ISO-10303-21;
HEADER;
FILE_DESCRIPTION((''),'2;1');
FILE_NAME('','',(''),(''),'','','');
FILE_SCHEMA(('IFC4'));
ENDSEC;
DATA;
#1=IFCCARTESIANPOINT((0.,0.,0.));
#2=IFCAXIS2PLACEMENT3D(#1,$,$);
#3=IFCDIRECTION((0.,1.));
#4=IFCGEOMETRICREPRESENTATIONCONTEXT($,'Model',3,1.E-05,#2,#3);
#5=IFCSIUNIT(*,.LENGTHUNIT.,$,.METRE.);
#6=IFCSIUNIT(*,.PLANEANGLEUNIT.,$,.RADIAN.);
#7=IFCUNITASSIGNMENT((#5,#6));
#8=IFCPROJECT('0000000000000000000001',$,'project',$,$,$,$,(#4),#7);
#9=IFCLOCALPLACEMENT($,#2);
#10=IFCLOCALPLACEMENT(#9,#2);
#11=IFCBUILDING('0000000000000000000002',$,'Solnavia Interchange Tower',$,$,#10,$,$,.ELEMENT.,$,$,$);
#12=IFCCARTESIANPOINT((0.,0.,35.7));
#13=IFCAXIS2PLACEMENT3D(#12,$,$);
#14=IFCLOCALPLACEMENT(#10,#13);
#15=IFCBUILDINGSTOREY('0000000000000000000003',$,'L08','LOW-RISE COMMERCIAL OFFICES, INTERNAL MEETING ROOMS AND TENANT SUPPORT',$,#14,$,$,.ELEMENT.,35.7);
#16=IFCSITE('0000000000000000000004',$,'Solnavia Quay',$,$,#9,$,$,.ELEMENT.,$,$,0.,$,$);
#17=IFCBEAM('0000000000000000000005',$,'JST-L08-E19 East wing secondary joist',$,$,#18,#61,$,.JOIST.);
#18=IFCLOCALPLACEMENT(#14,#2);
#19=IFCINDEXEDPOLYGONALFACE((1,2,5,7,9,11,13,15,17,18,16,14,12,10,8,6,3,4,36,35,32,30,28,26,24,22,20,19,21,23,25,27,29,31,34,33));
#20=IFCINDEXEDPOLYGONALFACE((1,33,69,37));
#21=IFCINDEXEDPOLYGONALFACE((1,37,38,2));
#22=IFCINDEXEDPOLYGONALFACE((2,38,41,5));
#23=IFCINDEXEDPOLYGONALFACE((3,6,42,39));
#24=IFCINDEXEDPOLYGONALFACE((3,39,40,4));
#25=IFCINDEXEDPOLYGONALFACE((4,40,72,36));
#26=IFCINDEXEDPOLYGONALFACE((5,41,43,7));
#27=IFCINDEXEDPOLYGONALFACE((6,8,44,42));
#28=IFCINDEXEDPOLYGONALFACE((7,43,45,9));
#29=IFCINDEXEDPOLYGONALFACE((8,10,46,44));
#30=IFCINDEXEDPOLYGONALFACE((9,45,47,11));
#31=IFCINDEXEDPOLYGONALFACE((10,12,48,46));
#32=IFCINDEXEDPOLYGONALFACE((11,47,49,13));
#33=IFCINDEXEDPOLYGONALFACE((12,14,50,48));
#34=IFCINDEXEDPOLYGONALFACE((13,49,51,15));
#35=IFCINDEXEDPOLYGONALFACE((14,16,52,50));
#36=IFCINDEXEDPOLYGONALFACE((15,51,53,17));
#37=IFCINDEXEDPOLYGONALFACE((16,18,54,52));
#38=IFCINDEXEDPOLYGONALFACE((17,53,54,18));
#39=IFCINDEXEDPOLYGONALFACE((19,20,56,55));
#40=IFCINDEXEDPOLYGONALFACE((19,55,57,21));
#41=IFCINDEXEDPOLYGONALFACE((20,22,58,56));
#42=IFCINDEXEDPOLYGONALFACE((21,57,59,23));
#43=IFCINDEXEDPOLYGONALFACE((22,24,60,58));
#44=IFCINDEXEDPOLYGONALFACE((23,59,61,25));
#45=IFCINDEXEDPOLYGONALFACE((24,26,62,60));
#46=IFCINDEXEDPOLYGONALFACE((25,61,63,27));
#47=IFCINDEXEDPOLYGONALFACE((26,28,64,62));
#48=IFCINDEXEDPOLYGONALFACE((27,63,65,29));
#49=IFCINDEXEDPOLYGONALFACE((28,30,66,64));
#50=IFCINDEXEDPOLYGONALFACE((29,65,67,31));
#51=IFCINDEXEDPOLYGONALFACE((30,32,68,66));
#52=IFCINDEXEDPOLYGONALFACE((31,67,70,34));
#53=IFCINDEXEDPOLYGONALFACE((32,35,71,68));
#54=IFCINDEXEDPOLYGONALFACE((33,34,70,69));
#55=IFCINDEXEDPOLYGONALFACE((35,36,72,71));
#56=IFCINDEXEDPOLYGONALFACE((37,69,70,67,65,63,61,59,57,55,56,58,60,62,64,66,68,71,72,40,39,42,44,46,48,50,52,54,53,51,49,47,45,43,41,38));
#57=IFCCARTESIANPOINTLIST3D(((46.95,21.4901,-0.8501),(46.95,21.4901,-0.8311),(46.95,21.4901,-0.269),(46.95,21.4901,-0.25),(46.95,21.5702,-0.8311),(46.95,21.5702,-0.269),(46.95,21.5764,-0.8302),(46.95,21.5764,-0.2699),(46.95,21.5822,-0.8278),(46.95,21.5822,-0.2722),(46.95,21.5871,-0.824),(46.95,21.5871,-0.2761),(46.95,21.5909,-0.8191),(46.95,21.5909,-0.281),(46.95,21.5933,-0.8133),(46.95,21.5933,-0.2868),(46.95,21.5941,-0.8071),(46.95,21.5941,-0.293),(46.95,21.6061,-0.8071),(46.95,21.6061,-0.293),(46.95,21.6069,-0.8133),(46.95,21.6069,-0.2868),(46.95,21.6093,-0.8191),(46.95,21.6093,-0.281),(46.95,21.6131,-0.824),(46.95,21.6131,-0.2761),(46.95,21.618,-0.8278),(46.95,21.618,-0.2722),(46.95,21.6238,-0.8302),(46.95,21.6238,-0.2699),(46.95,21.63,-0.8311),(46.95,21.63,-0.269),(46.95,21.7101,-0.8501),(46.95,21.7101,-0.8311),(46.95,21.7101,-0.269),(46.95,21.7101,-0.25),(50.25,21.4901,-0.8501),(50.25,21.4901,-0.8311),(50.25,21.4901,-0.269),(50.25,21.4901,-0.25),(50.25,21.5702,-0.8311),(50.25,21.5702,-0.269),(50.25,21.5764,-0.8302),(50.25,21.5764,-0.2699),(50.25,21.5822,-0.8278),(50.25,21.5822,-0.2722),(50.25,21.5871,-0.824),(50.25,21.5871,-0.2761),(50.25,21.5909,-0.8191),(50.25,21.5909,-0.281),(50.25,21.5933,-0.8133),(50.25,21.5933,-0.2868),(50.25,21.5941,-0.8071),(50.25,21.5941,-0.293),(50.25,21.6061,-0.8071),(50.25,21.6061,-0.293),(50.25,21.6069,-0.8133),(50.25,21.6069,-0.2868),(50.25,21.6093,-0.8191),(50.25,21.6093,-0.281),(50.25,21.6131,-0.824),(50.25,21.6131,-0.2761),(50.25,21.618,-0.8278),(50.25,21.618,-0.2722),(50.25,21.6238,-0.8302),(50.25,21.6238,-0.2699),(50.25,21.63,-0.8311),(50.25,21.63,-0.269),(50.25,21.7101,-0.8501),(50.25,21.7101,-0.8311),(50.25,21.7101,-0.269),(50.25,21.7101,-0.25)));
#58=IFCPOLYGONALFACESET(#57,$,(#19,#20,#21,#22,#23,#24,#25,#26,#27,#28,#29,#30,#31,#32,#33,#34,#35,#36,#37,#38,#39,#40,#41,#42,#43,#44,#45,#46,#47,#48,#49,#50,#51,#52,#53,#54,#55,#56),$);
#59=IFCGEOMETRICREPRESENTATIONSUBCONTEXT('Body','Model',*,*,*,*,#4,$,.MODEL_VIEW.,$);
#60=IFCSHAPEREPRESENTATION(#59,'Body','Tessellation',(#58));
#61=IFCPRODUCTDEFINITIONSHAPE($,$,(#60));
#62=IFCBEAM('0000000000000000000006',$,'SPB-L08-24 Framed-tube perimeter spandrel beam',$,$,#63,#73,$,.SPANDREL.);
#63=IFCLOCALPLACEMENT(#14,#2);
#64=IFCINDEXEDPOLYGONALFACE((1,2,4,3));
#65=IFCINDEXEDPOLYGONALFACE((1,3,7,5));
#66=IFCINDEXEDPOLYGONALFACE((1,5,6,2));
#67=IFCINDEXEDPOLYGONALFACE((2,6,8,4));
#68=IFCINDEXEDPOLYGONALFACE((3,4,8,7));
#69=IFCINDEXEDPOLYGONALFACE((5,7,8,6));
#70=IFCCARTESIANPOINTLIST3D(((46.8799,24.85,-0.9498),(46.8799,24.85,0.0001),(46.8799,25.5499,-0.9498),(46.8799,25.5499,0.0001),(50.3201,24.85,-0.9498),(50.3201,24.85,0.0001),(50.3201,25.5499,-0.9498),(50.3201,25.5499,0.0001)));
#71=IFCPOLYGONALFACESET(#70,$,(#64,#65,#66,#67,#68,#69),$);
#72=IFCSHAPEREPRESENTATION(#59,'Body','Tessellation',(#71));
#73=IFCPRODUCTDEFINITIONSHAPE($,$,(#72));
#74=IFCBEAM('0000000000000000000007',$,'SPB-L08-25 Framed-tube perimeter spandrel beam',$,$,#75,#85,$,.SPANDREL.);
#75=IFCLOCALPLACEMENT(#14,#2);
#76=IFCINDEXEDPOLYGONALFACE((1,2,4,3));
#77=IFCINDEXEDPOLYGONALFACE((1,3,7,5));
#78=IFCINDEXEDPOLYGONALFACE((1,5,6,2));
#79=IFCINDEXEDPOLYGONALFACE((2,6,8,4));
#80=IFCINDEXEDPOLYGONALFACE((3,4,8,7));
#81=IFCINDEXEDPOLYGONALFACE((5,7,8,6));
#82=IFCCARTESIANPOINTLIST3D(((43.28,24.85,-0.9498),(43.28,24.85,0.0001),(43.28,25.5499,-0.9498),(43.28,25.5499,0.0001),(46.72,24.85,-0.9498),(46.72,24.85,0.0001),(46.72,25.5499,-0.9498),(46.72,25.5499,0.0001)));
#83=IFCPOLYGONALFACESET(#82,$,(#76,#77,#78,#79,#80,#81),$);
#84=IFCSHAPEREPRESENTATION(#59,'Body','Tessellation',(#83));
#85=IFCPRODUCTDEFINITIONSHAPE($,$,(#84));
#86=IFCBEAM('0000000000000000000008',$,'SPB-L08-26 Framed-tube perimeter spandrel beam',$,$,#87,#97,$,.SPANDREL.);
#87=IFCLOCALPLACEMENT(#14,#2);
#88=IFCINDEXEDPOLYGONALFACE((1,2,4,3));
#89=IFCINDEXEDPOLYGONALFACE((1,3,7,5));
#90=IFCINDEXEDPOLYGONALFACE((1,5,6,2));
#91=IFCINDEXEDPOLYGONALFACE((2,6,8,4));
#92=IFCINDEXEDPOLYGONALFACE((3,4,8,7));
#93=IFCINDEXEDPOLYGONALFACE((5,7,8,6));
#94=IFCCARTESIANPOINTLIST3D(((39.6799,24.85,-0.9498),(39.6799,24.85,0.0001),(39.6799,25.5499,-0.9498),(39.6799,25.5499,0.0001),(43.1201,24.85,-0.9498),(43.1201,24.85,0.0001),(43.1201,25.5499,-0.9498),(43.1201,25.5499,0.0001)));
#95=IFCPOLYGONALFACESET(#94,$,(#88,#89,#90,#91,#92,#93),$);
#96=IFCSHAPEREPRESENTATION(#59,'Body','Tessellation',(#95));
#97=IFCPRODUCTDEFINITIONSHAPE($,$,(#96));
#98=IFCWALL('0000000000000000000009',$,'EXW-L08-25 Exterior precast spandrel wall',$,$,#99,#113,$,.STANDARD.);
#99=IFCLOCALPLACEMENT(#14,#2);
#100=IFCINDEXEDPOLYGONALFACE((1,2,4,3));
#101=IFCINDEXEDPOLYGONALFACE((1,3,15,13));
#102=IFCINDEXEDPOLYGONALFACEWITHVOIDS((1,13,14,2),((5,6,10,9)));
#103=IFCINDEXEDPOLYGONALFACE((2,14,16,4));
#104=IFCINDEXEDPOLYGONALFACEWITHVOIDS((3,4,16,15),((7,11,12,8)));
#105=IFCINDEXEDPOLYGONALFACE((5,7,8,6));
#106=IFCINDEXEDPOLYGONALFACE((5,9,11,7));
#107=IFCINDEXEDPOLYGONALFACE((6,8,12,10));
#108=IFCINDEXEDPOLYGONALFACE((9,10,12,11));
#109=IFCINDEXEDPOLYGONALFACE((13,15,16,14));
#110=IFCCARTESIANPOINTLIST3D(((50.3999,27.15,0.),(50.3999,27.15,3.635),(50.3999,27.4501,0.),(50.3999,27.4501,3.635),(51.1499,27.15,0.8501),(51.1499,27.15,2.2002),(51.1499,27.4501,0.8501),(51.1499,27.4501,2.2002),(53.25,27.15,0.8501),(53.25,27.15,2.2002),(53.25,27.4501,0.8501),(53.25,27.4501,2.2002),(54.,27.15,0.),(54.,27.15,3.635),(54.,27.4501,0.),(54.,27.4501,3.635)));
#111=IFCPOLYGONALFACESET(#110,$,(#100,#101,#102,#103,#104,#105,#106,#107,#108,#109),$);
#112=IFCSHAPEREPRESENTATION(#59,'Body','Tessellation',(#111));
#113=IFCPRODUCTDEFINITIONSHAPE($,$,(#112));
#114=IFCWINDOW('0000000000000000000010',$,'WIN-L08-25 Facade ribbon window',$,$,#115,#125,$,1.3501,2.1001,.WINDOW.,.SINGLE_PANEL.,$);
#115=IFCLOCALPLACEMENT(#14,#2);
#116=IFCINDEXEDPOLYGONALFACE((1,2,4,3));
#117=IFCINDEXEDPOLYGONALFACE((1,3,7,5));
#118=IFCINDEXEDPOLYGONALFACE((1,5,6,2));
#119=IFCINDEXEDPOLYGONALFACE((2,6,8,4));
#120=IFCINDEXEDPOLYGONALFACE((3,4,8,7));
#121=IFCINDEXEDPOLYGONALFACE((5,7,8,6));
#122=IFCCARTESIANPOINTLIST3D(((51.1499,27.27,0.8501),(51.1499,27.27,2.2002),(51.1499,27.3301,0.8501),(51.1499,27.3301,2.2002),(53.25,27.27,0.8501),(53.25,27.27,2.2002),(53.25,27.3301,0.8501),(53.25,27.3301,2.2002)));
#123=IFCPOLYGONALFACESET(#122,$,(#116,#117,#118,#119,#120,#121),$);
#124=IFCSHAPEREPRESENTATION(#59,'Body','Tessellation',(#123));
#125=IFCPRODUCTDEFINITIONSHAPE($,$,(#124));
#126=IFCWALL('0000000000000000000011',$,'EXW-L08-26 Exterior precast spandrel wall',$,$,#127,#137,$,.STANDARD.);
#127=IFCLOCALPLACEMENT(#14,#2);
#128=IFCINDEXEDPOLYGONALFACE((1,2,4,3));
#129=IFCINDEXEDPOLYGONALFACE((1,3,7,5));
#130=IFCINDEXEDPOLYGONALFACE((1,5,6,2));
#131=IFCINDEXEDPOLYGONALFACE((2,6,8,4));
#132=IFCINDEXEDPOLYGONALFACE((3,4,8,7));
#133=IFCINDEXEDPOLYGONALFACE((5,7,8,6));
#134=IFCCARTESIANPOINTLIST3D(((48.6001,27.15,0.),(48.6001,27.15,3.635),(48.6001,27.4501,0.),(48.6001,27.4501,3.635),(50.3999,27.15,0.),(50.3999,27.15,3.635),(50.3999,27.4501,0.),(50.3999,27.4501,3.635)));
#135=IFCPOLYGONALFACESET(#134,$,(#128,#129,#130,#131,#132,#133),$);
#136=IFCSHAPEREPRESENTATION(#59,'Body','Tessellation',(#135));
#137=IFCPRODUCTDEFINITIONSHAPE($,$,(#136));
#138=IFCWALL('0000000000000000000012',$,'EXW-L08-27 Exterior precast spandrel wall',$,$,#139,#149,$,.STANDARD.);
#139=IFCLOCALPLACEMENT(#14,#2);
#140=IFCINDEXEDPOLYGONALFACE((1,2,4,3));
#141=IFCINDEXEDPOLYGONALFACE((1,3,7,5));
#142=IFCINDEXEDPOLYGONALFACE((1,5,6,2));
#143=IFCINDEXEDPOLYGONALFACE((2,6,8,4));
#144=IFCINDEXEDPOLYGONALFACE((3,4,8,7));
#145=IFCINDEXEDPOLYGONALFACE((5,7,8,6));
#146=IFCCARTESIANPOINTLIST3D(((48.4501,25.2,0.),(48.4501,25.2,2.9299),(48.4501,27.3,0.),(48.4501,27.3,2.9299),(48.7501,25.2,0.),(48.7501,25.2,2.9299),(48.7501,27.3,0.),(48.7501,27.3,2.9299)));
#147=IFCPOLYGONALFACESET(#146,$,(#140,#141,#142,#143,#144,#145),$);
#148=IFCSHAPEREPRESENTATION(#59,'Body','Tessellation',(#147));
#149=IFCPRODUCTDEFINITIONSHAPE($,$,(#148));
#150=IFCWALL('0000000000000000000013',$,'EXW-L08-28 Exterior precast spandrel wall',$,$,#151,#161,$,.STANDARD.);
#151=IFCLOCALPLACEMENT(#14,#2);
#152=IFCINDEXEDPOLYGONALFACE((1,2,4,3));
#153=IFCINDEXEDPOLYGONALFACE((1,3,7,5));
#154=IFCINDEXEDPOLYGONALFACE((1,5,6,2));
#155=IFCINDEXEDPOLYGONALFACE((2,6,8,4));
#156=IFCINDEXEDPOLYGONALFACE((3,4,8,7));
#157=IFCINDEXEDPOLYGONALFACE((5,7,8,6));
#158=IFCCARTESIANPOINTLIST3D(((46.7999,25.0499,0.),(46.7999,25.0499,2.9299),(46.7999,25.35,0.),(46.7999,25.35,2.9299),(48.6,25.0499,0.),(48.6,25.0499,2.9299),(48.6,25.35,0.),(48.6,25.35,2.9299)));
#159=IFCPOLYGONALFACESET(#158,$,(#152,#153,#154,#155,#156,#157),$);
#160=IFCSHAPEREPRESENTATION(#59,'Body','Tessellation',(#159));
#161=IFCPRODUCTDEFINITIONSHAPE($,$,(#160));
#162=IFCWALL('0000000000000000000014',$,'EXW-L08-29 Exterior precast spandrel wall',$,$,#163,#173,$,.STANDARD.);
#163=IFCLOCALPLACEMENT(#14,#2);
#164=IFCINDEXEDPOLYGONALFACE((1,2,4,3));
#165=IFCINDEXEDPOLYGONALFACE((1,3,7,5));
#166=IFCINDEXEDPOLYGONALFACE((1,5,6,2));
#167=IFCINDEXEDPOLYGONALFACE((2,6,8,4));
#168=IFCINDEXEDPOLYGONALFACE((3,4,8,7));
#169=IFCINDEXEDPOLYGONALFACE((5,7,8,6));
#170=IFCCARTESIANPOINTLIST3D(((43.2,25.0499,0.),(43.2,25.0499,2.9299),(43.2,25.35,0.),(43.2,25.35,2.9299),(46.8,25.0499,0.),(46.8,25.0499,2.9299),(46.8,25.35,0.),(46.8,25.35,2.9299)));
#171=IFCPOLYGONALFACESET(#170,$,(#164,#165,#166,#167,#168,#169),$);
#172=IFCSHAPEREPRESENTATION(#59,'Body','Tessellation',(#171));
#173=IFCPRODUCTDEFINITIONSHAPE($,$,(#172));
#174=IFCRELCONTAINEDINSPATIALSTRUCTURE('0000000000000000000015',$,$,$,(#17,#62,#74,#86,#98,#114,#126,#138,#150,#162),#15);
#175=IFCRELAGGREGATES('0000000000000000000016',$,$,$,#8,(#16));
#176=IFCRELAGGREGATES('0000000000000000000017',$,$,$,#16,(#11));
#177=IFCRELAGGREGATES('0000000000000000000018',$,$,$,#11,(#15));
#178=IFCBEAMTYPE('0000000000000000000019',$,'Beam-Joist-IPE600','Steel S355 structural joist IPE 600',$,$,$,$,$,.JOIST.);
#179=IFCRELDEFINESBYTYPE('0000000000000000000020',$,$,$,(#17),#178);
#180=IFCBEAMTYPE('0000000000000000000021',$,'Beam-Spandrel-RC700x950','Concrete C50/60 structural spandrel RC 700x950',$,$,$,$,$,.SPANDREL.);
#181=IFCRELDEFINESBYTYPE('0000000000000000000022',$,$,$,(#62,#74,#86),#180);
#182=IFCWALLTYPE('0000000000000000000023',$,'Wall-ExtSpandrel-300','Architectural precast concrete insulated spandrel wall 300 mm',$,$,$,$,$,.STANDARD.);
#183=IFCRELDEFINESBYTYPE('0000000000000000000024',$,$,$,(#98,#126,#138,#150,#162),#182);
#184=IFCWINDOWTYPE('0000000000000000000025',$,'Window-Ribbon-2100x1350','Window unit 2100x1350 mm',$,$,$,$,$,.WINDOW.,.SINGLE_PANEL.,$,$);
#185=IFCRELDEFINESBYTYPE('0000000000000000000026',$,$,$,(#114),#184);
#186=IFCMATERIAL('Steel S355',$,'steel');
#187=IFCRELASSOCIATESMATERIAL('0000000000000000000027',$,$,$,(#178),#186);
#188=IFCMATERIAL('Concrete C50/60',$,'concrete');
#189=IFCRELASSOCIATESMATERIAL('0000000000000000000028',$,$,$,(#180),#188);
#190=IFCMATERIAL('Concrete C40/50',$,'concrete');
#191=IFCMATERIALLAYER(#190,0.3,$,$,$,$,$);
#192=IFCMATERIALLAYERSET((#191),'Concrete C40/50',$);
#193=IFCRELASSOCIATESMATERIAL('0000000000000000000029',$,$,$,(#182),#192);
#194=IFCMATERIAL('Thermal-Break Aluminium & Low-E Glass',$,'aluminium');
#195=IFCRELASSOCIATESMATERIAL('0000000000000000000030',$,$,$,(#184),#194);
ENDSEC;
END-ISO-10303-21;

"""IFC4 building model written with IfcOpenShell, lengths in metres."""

from ifc_helpers import new_model, si_unit, direction, frame, frame_2d, origin, origin_2d, place, context, subcontext, project, spatial, rectangle, i_section, extrude, material, layer, layer_set, material_profile, profile_set, type_object, element, fill, save


model = new_model("IFC4")

# Units and contexts
model_context = context("Model", 3, precision=1e-05, world=origin(), true_north=direction((0.0, 1.0)))
body_context = subcontext(model_context, "Body", "Model", "MODEL_VIEW")
ifc_project = project(units=[si_unit("LENGTHUNIT", "METRE"), si_unit("PLANEANGLEUNIT", "RADIAN")], contexts=[model_context])

# Site, building, storey
site_placement = place(None, origin())
site = spatial("IfcSite", under=ifc_project, at=site_placement, Name="Solnavia Quay", CompositionType="ELEMENT", RefElevation=0.0)
building_placement = place(site_placement, origin())
building = spatial("IfcBuilding", under=site, at=building_placement, Name="Solnavia Interchange Tower", CompositionType="ELEMENT")
storey_placement = place(building_placement, frame((0.0, 0.0, 35.7)))
storey = spatial("IfcBuildingStorey", under=building, at=storey_placement, Name="L08", Description="LOW-RISE COMMERCIAL OFFICES, INTERNAL MEETING ROOMS AND TENANT SUPPORT", CompositionType="ELEMENT", Elevation=35.7)

# Beams
ifc_material_1 = material(Name="Steel S355", Category="steel")
ifc_material_profile_1 = material_profile(ifc_material_1, i_section(OverallWidth=0.22, OverallDepth=0.6001, WebThickness=0.012, FlangeThickness=0.019, FilletRadius=0.0239, at=origin_2d()), Name="IPE 600")
ifc_profile_set_1 = profile_set([ifc_material_profile_1], Name="Steel S355")
beam_type_1 = type_object("IfcBeamType", Name="Beam-Joist-IPE600", Description="Steel S355 structural joist IPE 600", PredefinedType="JOIST", material=ifc_profile_set_1)
beam_1_placement = place(storey_placement, frame((46.95, 21.6001, -0.55), z_axis=(1.0, 0.0, 0.0), x_axis=(0.0, 1.0, 0.0)))
element("IfcBeam", 1, at=beam_1_placement, inside=storey, type_object=beam_type_1, Name="JST-L08-E19 East wing secondary joist", PredefinedType="JOIST", context=body_context, shape_type="SweptSolid", body=[
    extrude(i_section(OverallWidth=0.22, OverallDepth=0.6001, WebThickness=0.012, FlangeThickness=0.019, FilletRadius=0.0239, at=origin_2d()), origin(), (0.0, 0.0, 1.0), 3.3),
])
ifc_material_2 = material(Name="Concrete C50/60", Category="concrete")
ifc_material_profile_2 = material_profile(ifc_material_2, rectangle(XDim=0.7, YDim=0.95, at=origin_2d()), Name="RC 700x950")
ifc_profile_set_2 = profile_set([ifc_material_profile_2], Name="Concrete C50/60")
beam_type_2 = type_object("IfcBeamType", Name="Beam-Spandrel-RC700x950", Description="Concrete C50/60 structural spandrel RC 700x950", PredefinedType="SPANDREL", material=ifc_profile_set_2)
beam_2_placement = place(storey_placement, frame((50.3201, 25.2, -0.4749), z_axis=(-1.0, 0.0, 0.0), x_axis=(0.0, -1.0, 0.0)))
element("IfcBeam", 2, at=beam_2_placement, inside=storey, type_object=beam_type_2, Name="SPB-L08-24 Framed-tube perimeter spandrel beam", PredefinedType="SPANDREL", context=body_context, shape_type="SweptSolid", body=[
    extrude(rectangle(XDim=0.7, YDim=0.95, at=origin_2d()), origin(), (0.0, 0.0, 1.0), 3.4402),
])
beam_3_placement = place(storey_placement, frame((46.72, 25.2, -0.4749), z_axis=(-1.0, 0.0, 0.0), x_axis=(0.0, -1.0, 0.0)))
element("IfcBeam", 3, at=beam_3_placement, inside=storey, type_object=beam_type_2, Name="SPB-L08-25 Framed-tube perimeter spandrel beam", PredefinedType="SPANDREL", context=body_context, shape_type="SweptSolid", body=[
    extrude(rectangle(XDim=0.7, YDim=0.95, at=origin_2d()), origin(), (0.0, 0.0, 1.0), 3.4399),
])
beam_4_placement = place(storey_placement, frame((43.1201, 25.2, -0.4749), z_axis=(-1.0, 0.0, 0.0), x_axis=(0.0, -1.0, 0.0)))
element("IfcBeam", 4, at=beam_4_placement, inside=storey, type_object=beam_type_2, Name="SPB-L08-26 Framed-tube perimeter spandrel beam", PredefinedType="SPANDREL", context=body_context, shape_type="SweptSolid", body=[
    extrude(rectangle(XDim=0.7, YDim=0.95, at=origin_2d()), origin(), (0.0, 0.0, 1.0), 3.4402),
])

# Wall, opening, window
ifc_material_3 = material(Name="Concrete C40/50", Category="concrete")
ifc_layer_1 = layer(ifc_material_3, 0.3)
ifc_layer_set_1 = layer_set([ifc_layer_1], Name="Concrete C40/50")
wall_type_1 = type_object("IfcWallType", Name="Wall-ExtSpandrel-300", Description="Architectural precast concrete insulated spandrel wall 300 mm", PredefinedType="STANDARD", material=ifc_layer_set_1)
wall_1_placement = place(storey_placement, frame((50.3999, 27.3, 0.0), z_axis=(0.0, 0.0, 1.0), x_axis=(1.0, 0.0, 0.0)))
wall_1 = element("IfcWall", 5, at=wall_1_placement, inside=storey, type_object=wall_type_1, Name="EXW-L08-25 Exterior precast spandrel wall", PredefinedType="STANDARD", context=body_context, shape_type="SweptSolid", body=[
    extrude(rectangle(XDim=3.6001, YDim=0.3, at=frame_2d((1.8, 0.0))), origin(), (0.0, 0.0, 1.0), 3.635),
])
opening_1_placement = place(wall_1_placement, frame((0.75, 0.0, 0.8501)))
opening_1 = element("IfcOpeningElement", 6, at=opening_1_placement, cuts=wall_1, PredefinedType="OPENING", context=body_context, shape_type="SweptSolid", body=[
    extrude(rectangle(XDim=2.1001, YDim=1.3501, at=frame_2d((1.05, 0.675))), frame((0.0, 0.1602, 0.0), z_axis=(0.0, -1.0, 0.0), x_axis=(1.0, 0.0, 0.0)), (0.0, 0.0, 1.0), 0.3201),
])
ifc_material_4 = material(Name="Thermal-Break Aluminium & Low-E Glass", Category="aluminium")
window_type = type_object("IfcWindowType", Name="Window-Ribbon-2100x1350", Description="Window unit 2100x1350 mm", PartitioningType="SINGLE_PANEL", PredefinedType="WINDOW", material=ifc_material_4)
window_placement = place(opening_1_placement, origin())
window = element("IfcWindow", 7, at=window_placement, inside=storey, type_object=window_type, Name="WIN-L08-25 Facade ribbon window", OverallHeight=1.3501, OverallWidth=2.1001, PartitioningType="SINGLE_PANEL", PredefinedType="WINDOW", context=body_context, shape_type="SweptSolid", body=[
    extrude(rectangle(XDim=2.1001, YDim=1.3501, at=frame_2d((1.05, 0.675))), frame((0.0, 0.03, 0.0), z_axis=(0.0, -1.0, 0.0), x_axis=(1.0, 0.0, 0.0)), (0.0, 0.0, 1.0), 0.0601),
])
fill(opening_1, window)

# Walls
wall_2_placement = place(storey_placement, frame((48.6001, 27.3, 0.0), z_axis=(0.0, 0.0, 1.0), x_axis=(1.0, 0.0, 0.0)))
element("IfcWall", 8, at=wall_2_placement, inside=storey, type_object=wall_type_1, Name="EXW-L08-26 Exterior precast spandrel wall", PredefinedType="STANDARD", context=body_context, shape_type="SweptSolid", body=[
    extrude(rectangle(XDim=1.7998, YDim=0.3, at=frame_2d((0.8999, 0.0))), origin(), (0.0, 0.0, 1.0), 3.635),
])
wall_3_placement = place(storey_placement, frame((48.6001, 27.3, 0.0), z_axis=(0.0, 0.0, 1.0), x_axis=(0.0, -1.0, 0.0)))
element("IfcWall", 9, at=wall_3_placement, inside=storey, type_object=wall_type_1, Name="EXW-L08-27 Exterior precast spandrel wall", PredefinedType="STANDARD", context=body_context, shape_type="SweptSolid", body=[
    extrude(rectangle(XDim=2.1001, YDim=0.3, at=frame_2d((1.05, 0.0))), origin(), (0.0, 0.0, 1.0), 2.9299),
])
wall_4_placement = place(storey_placement, frame((46.8, 25.2, 0.0), z_axis=(0.0, 0.0, 1.0), x_axis=(1.0, 0.0, 0.0)))
element("IfcWall", 10, at=wall_4_placement, inside=storey, type_object=wall_type_1, Name="EXW-L08-28 Exterior precast spandrel wall", PredefinedType="STANDARD", context=body_context, shape_type="SweptSolid", body=[
    extrude(rectangle(XDim=1.8, YDim=0.3, at=frame_2d((0.8999, 0.0))), origin(), (0.0, 0.0, 1.0), 2.9299),
])
wall_5_placement = place(storey_placement, frame((43.2, 25.2, 0.0), z_axis=(0.0, 0.0, 1.0), x_axis=(1.0, 0.0, 0.0)))
element("IfcWall", 11, at=wall_5_placement, inside=storey, type_object=wall_type_1, Name="EXW-L08-29 Exterior precast spandrel wall", PredefinedType="STANDARD", context=body_context, shape_type="SweptSolid", body=[
    extrude(rectangle(XDim=3.6001, YDim=0.3, at=frame_2d((1.8, 0.0))), origin(), (0.0, 0.0, 1.0), 2.9299),
])

save(model, "model.ifc")
